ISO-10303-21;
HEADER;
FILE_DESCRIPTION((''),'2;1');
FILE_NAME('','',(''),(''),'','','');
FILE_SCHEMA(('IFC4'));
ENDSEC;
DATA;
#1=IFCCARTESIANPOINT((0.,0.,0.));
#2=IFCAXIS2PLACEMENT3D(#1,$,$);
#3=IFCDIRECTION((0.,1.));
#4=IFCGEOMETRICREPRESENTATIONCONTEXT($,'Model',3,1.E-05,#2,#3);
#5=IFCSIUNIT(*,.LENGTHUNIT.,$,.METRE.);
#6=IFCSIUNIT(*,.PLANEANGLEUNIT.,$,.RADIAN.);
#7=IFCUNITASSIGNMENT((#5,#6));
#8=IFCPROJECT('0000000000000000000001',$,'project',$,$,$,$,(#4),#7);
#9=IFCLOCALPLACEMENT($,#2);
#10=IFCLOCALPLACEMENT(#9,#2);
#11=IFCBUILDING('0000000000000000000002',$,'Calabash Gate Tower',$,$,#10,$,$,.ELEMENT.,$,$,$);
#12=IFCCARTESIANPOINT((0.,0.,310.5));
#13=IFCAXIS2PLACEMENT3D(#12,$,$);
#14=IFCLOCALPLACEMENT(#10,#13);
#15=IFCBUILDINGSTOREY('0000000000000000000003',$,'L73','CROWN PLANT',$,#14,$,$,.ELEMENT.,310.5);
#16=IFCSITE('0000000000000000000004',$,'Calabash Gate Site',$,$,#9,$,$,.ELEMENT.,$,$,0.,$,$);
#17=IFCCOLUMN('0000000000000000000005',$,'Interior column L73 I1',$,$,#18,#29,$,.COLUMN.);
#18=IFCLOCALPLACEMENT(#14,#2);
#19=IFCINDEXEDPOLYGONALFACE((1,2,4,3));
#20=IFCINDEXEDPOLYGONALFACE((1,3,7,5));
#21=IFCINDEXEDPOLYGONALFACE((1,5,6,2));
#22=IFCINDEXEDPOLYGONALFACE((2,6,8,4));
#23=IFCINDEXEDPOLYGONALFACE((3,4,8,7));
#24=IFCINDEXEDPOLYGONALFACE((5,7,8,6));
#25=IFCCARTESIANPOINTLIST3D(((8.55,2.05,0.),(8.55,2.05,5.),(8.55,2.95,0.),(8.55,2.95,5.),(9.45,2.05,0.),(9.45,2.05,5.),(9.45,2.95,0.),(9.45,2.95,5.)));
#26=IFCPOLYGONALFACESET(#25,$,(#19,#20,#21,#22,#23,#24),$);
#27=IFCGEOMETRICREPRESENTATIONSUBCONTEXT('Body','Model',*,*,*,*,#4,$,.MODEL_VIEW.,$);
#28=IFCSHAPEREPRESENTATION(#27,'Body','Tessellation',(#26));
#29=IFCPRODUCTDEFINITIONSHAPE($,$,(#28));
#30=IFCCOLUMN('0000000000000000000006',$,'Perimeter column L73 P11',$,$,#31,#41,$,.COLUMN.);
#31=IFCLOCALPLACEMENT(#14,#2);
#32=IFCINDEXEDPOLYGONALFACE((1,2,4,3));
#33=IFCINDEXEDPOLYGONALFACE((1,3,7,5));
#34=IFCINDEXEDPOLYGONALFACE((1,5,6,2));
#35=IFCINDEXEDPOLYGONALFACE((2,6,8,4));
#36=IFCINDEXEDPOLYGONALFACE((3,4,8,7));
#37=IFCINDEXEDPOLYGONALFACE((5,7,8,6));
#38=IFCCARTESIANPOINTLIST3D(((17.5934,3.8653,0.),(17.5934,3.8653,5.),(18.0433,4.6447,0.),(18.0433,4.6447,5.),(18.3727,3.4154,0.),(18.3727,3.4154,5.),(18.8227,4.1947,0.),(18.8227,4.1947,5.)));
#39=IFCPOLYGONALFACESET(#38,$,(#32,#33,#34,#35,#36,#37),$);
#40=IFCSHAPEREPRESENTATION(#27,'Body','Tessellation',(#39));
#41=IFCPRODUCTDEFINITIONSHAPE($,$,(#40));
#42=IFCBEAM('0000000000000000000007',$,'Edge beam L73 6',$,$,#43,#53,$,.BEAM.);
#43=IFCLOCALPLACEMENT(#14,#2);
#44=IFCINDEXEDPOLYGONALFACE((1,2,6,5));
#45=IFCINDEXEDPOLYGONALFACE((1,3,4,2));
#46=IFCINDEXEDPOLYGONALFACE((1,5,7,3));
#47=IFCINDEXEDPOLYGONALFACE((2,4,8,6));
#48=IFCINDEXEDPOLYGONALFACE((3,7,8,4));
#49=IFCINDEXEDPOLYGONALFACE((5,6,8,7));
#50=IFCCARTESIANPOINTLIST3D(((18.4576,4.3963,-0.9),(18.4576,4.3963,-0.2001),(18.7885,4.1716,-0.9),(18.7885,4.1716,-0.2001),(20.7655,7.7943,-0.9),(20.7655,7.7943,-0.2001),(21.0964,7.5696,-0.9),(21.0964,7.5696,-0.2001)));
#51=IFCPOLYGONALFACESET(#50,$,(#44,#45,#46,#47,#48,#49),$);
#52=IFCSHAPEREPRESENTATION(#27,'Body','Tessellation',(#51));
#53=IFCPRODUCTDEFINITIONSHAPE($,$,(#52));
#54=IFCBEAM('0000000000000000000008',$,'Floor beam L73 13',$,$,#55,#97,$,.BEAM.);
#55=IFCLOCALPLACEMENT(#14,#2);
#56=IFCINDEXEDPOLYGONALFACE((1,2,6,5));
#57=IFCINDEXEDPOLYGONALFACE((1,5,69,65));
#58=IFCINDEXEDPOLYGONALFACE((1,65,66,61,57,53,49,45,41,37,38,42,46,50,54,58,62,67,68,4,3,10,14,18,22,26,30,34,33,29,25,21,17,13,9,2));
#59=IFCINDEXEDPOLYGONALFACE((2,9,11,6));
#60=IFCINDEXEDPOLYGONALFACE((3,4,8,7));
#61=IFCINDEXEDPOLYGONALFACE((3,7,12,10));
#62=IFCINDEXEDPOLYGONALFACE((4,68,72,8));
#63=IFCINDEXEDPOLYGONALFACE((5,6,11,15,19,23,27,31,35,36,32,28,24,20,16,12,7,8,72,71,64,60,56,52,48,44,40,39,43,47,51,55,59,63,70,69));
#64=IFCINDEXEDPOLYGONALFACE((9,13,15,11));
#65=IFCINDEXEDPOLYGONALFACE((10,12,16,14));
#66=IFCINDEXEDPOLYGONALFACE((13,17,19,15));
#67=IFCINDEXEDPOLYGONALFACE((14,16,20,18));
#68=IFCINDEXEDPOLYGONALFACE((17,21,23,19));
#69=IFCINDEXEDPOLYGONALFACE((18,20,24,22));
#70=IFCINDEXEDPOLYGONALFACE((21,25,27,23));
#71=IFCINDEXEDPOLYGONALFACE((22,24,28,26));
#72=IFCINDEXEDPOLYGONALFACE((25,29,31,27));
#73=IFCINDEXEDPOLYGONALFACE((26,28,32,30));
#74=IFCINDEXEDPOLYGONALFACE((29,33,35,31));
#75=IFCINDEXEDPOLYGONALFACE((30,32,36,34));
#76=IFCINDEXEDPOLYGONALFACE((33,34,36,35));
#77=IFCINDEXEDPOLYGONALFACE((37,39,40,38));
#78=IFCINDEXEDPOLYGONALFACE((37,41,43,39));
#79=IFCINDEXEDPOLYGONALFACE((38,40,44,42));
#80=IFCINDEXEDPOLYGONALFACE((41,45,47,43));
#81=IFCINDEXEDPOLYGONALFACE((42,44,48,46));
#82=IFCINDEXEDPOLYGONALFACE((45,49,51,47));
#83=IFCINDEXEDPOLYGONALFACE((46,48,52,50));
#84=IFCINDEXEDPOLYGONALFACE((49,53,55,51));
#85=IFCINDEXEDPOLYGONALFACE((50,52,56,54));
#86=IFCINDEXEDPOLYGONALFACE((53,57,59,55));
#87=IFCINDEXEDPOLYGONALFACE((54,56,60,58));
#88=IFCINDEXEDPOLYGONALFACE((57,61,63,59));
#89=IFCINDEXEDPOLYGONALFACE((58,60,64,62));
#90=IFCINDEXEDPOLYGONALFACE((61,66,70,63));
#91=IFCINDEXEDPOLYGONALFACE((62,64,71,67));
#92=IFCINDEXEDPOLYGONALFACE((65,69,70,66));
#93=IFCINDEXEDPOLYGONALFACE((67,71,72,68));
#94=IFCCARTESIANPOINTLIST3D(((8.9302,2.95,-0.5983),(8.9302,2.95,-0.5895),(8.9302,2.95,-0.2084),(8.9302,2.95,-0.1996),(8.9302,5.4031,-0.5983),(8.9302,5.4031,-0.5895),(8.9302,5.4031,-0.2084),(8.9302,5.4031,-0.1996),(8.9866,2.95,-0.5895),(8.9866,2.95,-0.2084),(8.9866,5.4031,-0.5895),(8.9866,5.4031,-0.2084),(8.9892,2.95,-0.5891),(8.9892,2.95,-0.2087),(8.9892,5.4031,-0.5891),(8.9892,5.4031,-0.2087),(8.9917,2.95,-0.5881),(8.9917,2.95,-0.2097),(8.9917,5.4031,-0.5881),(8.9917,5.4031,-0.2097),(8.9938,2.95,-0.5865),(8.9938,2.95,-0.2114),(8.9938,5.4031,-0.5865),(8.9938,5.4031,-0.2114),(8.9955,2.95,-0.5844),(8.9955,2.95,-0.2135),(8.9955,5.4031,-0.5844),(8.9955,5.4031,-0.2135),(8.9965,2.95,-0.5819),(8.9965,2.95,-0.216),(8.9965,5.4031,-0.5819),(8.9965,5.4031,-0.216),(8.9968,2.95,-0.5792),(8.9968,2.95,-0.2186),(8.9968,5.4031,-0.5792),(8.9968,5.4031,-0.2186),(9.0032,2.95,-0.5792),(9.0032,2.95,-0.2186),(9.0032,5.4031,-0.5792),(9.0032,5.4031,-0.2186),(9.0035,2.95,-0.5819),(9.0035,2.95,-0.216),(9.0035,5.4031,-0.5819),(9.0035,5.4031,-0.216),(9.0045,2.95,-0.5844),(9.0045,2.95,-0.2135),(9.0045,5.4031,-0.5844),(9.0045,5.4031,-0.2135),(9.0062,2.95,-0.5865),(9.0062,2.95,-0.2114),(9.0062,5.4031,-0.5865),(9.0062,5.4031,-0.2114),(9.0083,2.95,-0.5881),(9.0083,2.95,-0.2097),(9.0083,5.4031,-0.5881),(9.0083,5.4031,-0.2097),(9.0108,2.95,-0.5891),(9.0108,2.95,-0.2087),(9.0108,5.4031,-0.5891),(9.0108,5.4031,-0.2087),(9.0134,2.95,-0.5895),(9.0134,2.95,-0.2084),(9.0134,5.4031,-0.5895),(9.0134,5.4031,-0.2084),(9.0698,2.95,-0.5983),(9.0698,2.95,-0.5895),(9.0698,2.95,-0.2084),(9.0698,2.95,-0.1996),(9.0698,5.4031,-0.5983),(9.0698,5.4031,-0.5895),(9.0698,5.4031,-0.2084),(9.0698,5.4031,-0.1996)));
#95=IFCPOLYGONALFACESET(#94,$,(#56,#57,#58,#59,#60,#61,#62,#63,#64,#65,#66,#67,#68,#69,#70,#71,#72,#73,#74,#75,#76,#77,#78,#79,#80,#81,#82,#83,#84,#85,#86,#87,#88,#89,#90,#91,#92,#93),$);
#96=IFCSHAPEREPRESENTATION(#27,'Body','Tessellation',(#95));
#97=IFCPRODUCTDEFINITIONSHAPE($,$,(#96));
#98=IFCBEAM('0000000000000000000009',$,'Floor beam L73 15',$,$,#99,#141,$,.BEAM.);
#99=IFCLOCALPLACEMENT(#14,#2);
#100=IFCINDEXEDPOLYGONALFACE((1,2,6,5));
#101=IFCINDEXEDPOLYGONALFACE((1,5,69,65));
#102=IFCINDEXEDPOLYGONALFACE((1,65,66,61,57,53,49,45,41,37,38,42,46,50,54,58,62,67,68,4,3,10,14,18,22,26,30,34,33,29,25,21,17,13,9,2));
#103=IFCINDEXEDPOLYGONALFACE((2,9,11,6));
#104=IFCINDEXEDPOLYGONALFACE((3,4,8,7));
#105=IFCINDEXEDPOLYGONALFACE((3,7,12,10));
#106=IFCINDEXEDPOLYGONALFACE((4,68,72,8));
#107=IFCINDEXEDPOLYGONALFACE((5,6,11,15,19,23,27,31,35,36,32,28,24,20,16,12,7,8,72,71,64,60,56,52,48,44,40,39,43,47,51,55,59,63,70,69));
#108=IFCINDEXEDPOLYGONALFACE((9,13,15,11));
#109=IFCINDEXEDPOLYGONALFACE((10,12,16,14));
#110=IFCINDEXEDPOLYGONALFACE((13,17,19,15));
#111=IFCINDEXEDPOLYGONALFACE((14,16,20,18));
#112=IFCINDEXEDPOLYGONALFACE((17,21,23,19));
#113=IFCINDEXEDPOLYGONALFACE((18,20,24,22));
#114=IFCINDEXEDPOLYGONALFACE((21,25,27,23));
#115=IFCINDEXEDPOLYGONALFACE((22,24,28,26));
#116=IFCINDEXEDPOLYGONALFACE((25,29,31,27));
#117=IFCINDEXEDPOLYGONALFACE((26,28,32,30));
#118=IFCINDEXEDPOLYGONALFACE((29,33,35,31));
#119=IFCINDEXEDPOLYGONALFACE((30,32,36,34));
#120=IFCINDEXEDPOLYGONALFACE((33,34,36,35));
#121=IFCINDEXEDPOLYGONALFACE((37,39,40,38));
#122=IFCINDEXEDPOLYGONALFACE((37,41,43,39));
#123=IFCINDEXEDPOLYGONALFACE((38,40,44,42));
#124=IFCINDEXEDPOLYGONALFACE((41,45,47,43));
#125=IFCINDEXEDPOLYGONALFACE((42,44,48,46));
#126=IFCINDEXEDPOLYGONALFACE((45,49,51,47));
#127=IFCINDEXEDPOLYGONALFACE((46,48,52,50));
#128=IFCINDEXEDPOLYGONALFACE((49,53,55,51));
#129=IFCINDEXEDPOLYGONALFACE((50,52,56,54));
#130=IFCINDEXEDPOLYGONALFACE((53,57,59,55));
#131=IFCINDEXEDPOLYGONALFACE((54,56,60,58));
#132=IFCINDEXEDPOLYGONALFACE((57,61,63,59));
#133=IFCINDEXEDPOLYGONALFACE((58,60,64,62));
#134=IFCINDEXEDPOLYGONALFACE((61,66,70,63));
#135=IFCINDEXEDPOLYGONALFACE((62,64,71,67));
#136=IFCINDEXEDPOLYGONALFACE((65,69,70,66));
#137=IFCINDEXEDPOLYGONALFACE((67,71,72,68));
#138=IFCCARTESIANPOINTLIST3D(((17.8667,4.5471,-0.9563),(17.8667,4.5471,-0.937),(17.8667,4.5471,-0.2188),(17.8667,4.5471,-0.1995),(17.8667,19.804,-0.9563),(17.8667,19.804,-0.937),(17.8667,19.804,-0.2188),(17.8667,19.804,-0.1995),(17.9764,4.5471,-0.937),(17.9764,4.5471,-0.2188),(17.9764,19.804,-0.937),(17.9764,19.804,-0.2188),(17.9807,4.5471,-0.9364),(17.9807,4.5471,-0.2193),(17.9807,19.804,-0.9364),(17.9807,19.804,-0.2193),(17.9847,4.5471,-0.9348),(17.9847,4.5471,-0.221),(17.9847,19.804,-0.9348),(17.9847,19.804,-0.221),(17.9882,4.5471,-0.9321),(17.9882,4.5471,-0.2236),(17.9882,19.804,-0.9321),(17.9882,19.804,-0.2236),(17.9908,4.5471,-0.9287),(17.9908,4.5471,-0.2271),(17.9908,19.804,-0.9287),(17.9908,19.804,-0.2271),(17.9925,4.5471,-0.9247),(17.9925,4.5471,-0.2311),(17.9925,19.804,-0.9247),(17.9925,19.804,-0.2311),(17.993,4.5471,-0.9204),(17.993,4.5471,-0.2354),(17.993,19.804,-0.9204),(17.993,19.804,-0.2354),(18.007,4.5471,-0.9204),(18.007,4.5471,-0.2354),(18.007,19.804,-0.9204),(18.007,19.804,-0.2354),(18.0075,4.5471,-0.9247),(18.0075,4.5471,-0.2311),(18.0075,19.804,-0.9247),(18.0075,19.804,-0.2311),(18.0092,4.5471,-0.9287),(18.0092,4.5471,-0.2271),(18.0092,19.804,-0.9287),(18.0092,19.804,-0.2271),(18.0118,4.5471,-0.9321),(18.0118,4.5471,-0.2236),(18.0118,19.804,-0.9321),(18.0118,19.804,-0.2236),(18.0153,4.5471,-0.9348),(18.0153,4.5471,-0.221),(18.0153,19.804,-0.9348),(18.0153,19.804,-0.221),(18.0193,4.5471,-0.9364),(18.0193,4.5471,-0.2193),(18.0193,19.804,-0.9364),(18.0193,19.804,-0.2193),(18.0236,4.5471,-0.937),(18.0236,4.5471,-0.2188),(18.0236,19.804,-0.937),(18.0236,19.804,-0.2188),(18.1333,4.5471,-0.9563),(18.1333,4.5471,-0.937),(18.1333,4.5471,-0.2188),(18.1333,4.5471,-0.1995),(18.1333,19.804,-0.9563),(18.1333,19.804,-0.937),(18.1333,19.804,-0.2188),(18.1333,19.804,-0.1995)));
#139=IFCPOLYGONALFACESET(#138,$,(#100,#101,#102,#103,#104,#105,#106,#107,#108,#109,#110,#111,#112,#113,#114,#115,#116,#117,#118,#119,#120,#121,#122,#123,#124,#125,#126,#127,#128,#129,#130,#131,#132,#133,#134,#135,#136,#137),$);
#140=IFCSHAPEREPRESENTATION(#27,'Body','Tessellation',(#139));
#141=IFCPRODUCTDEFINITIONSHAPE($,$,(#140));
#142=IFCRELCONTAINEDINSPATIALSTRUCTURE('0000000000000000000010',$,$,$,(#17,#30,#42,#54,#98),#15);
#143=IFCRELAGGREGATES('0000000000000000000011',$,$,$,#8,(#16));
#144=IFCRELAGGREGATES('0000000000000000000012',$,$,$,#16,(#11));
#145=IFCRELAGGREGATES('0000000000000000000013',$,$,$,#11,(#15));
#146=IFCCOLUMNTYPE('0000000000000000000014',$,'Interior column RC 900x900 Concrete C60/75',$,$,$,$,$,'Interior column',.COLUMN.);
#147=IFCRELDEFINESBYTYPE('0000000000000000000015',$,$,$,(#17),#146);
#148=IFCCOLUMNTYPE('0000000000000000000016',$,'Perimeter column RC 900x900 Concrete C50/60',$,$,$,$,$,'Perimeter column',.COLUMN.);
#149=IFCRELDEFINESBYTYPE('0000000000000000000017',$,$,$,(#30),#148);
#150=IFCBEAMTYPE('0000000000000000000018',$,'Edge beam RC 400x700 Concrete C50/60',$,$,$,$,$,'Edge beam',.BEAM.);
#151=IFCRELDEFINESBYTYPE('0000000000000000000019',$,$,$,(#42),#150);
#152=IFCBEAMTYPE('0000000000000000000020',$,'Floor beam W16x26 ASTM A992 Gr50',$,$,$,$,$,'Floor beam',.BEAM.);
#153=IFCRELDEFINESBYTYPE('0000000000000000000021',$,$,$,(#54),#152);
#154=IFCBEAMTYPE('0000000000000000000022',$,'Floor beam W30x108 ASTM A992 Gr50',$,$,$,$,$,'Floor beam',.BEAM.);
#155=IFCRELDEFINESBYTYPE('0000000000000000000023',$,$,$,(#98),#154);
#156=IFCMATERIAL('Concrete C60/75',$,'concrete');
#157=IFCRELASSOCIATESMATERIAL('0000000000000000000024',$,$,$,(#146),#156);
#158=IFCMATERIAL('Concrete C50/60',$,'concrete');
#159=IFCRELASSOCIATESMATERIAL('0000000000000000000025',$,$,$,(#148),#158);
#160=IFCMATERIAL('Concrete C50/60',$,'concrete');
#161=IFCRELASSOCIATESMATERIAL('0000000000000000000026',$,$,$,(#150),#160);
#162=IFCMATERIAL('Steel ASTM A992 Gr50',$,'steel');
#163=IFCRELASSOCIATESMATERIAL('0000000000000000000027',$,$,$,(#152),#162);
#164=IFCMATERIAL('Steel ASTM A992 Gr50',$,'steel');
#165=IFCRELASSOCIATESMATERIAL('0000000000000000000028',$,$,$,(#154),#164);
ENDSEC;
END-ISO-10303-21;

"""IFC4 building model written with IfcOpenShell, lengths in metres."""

from ifc_helpers import new_model, si_unit, direction, frame, origin, origin_2d, place, context, subcontext, project, spatial, rectangle, i_section, extrude, material, material_profile, profile_set, type_object, element, save


model = new_model("IFC4")

# Units and contexts
model_context = context("Model", 3, precision=1e-05, world=origin(), true_north=direction((0.0, 1.0)))
body_context = subcontext(model_context, "Body", "Model", "MODEL_VIEW")
ifc_project = project(units=[si_unit("LENGTHUNIT", "METRE"), si_unit("PLANEANGLEUNIT", "RADIAN")], contexts=[model_context])

# Site, building, storey
site_placement = place(None, origin())
site = spatial("IfcSite", under=ifc_project, at=site_placement, Name="Calabash Gate Site", CompositionType="ELEMENT", RefElevation=0.0)
building_placement = place(site_placement, origin())
building = spatial("IfcBuilding", under=site, at=building_placement, Name="Calabash Gate Tower", CompositionType="ELEMENT")
storey_placement = place(building_placement, frame((0.0, 0.0, 310.5)))
storey = spatial("IfcBuildingStorey", under=building, at=storey_placement, Name="L73", Description="CROWN PLANT", CompositionType="ELEMENT", Elevation=310.5)

# Columns
ifc_material_1 = material(Name="Concrete C60/75", Category="concrete")
ifc_material_profile_1 = material_profile(ifc_material_1, rectangle(XDim=0.8999, YDim=0.8999, at=origin_2d()))
ifc_profile_set_1 = profile_set([ifc_material_profile_1], Name="Concrete C60/75")
column_type_1 = type_object("IfcColumnType", Name="Interior column RC 900x900 Concrete C60/75", ElementType="Interior column", PredefinedType="COLUMN", material=ifc_profile_set_1)
column_1_placement = place(storey_placement, frame((9.0, 2.5, 0.0), z_axis=(0.0, 0.0, 1.0), x_axis=(1.0, 0.0, 0.0)))
element("IfcColumn", 1, at=column_1_placement, inside=storey, type_object=column_type_1, Name="Interior column L73 I1", PredefinedType="COLUMN", context=body_context, shape_type="SweptSolid", body=[
    extrude(rectangle(XDim=0.8999, YDim=0.8999, at=origin_2d()), origin(), (0.0, 0.0, 1.0), 5.0),
])
ifc_material_2 = material(Name="Concrete C50/60", Category="concrete")
ifc_material_profile_2 = material_profile(ifc_material_2, rectangle(XDim=0.8999, YDim=0.8999, at=origin_2d()))
ifc_profile_set_2 = profile_set([ifc_material_profile_2], Name="Concrete C50/60")
column_type_2 = type_object("IfcColumnType", Name="Perimeter column RC 900x900 Concrete C50/60", ElementType="Perimeter column", PredefinedType="COLUMN", material=ifc_profile_set_2)
column_2_placement = place(storey_placement, frame((18.208, 4.03, 0.0), z_axis=(0.0, 0.0, 1.0), x_axis=(0.5, 0.866025, 0.0)))
element("IfcColumn", 2, at=column_2_placement, inside=storey, type_object=column_type_2, Name="Perimeter column L73 P11", PredefinedType="COLUMN", context=body_context, shape_type="SweptSolid", body=[
    extrude(rectangle(XDim=0.8999, YDim=0.8999, at=origin_2d()), origin(), (0.0, 0.0, 1.0), 5.0),
])

# Beams
ifc_material_3 = material(Name="Concrete C50/60", Category="concrete")
ifc_material_profile_3 = material_profile(ifc_material_3, rectangle(XDim=0.3999, YDim=0.7, at=origin_2d()))
ifc_profile_set_3 = profile_set([ifc_material_profile_3], Name="Concrete C50/60")
beam_type_1 = type_object("IfcBeamType", Name="Edge beam RC 400x700 Concrete C50/60", ElementType="Edge beam", PredefinedType="BEAM", material=ifc_profile_set_3)
beam_1_placement = place(storey_placement, frame((18.623, 4.2839, -0.55), z_axis=(0.561853, 0.827237, 0.0), x_axis=(-0.827237, 0.561853, 0.0)))
element("IfcBeam", 3, at=beam_1_placement, inside=storey, type_object=beam_type_1, Name="Edge beam L73 6", PredefinedType="BEAM", context=body_context, shape_type="SweptSolid", body=[
    extrude(rectangle(XDim=0.3999, YDim=0.7, at=origin_2d()), origin(), (0.0, 0.0, 1.0), 4.1077),
])
ifc_material_4 = material(Name="Steel ASTM A992 Gr50", Category="steel")
ifc_material_profile_4 = material_profile(ifc_material_4, i_section(OverallWidth=0.1396, OverallDepth=0.3987, WebThickness=0.0063, FlangeThickness=0.0088, FilletRadius=0.0103, at=origin_2d()))
ifc_profile_set_4 = profile_set([ifc_material_profile_4], Name="Steel ASTM A992 Gr50")
beam_type_2 = type_object("IfcBeamType", Name="Floor beam W16x26 ASTM A992 Gr50", ElementType="Floor beam", PredefinedType="BEAM", material=ifc_profile_set_4)
beam_2_placement = place(storey_placement, frame((9.0, 2.95, -0.3989), z_axis=(0.0, 1.0, 0.0), x_axis=(-1.0, 0.0, 0.0)))
element("IfcBeam", 4, at=beam_2_placement, inside=storey, type_object=beam_type_2, Name="Floor beam L73 13", PredefinedType="BEAM", context=body_context, shape_type="SweptSolid", body=[
    extrude(i_section(OverallWidth=0.1396, OverallDepth=0.3987, WebThickness=0.0063, FlangeThickness=0.0088, FilletRadius=0.0103, at=origin_2d()), origin(), (0.0, 0.0, 1.0), 2.4531),
])
ifc_material_5 = material(Name="Steel ASTM A992 Gr50", Category="steel")
ifc_material_profile_5 = material_profile(ifc_material_5, i_section(OverallWidth=0.2666, OverallDepth=0.7568, WebThickness=0.0139, FlangeThickness=0.0193, FilletRadius=0.0166, at=origin_2d()))
ifc_profile_set_5 = profile_set([ifc_material_profile_5], Name="Steel ASTM A992 Gr50")
beam_type_3 = type_object("IfcBeamType", Name="Floor beam W30x108 ASTM A992 Gr50", ElementType="Floor beam", PredefinedType="BEAM", material=ifc_profile_set_5)
beam_3_placement = place(storey_placement, frame((18.0, 4.5471, -0.5779), z_axis=(0.0, 1.0, 0.0), x_axis=(-1.0, 0.0, 0.0)))
element("IfcBeam", 5, at=beam_3_placement, inside=storey, type_object=beam_type_3, Name="Floor beam L73 15", PredefinedType="BEAM", context=body_context, shape_type="SweptSolid", body=[
    extrude(i_section(OverallWidth=0.2666, OverallDepth=0.7568, WebThickness=0.0139, FlangeThickness=0.0193, FilletRadius=0.0166, at=origin_2d()), origin(), (0.0, 0.0, 1.0), 15.2568),
])

save(model, "model.ifc")
